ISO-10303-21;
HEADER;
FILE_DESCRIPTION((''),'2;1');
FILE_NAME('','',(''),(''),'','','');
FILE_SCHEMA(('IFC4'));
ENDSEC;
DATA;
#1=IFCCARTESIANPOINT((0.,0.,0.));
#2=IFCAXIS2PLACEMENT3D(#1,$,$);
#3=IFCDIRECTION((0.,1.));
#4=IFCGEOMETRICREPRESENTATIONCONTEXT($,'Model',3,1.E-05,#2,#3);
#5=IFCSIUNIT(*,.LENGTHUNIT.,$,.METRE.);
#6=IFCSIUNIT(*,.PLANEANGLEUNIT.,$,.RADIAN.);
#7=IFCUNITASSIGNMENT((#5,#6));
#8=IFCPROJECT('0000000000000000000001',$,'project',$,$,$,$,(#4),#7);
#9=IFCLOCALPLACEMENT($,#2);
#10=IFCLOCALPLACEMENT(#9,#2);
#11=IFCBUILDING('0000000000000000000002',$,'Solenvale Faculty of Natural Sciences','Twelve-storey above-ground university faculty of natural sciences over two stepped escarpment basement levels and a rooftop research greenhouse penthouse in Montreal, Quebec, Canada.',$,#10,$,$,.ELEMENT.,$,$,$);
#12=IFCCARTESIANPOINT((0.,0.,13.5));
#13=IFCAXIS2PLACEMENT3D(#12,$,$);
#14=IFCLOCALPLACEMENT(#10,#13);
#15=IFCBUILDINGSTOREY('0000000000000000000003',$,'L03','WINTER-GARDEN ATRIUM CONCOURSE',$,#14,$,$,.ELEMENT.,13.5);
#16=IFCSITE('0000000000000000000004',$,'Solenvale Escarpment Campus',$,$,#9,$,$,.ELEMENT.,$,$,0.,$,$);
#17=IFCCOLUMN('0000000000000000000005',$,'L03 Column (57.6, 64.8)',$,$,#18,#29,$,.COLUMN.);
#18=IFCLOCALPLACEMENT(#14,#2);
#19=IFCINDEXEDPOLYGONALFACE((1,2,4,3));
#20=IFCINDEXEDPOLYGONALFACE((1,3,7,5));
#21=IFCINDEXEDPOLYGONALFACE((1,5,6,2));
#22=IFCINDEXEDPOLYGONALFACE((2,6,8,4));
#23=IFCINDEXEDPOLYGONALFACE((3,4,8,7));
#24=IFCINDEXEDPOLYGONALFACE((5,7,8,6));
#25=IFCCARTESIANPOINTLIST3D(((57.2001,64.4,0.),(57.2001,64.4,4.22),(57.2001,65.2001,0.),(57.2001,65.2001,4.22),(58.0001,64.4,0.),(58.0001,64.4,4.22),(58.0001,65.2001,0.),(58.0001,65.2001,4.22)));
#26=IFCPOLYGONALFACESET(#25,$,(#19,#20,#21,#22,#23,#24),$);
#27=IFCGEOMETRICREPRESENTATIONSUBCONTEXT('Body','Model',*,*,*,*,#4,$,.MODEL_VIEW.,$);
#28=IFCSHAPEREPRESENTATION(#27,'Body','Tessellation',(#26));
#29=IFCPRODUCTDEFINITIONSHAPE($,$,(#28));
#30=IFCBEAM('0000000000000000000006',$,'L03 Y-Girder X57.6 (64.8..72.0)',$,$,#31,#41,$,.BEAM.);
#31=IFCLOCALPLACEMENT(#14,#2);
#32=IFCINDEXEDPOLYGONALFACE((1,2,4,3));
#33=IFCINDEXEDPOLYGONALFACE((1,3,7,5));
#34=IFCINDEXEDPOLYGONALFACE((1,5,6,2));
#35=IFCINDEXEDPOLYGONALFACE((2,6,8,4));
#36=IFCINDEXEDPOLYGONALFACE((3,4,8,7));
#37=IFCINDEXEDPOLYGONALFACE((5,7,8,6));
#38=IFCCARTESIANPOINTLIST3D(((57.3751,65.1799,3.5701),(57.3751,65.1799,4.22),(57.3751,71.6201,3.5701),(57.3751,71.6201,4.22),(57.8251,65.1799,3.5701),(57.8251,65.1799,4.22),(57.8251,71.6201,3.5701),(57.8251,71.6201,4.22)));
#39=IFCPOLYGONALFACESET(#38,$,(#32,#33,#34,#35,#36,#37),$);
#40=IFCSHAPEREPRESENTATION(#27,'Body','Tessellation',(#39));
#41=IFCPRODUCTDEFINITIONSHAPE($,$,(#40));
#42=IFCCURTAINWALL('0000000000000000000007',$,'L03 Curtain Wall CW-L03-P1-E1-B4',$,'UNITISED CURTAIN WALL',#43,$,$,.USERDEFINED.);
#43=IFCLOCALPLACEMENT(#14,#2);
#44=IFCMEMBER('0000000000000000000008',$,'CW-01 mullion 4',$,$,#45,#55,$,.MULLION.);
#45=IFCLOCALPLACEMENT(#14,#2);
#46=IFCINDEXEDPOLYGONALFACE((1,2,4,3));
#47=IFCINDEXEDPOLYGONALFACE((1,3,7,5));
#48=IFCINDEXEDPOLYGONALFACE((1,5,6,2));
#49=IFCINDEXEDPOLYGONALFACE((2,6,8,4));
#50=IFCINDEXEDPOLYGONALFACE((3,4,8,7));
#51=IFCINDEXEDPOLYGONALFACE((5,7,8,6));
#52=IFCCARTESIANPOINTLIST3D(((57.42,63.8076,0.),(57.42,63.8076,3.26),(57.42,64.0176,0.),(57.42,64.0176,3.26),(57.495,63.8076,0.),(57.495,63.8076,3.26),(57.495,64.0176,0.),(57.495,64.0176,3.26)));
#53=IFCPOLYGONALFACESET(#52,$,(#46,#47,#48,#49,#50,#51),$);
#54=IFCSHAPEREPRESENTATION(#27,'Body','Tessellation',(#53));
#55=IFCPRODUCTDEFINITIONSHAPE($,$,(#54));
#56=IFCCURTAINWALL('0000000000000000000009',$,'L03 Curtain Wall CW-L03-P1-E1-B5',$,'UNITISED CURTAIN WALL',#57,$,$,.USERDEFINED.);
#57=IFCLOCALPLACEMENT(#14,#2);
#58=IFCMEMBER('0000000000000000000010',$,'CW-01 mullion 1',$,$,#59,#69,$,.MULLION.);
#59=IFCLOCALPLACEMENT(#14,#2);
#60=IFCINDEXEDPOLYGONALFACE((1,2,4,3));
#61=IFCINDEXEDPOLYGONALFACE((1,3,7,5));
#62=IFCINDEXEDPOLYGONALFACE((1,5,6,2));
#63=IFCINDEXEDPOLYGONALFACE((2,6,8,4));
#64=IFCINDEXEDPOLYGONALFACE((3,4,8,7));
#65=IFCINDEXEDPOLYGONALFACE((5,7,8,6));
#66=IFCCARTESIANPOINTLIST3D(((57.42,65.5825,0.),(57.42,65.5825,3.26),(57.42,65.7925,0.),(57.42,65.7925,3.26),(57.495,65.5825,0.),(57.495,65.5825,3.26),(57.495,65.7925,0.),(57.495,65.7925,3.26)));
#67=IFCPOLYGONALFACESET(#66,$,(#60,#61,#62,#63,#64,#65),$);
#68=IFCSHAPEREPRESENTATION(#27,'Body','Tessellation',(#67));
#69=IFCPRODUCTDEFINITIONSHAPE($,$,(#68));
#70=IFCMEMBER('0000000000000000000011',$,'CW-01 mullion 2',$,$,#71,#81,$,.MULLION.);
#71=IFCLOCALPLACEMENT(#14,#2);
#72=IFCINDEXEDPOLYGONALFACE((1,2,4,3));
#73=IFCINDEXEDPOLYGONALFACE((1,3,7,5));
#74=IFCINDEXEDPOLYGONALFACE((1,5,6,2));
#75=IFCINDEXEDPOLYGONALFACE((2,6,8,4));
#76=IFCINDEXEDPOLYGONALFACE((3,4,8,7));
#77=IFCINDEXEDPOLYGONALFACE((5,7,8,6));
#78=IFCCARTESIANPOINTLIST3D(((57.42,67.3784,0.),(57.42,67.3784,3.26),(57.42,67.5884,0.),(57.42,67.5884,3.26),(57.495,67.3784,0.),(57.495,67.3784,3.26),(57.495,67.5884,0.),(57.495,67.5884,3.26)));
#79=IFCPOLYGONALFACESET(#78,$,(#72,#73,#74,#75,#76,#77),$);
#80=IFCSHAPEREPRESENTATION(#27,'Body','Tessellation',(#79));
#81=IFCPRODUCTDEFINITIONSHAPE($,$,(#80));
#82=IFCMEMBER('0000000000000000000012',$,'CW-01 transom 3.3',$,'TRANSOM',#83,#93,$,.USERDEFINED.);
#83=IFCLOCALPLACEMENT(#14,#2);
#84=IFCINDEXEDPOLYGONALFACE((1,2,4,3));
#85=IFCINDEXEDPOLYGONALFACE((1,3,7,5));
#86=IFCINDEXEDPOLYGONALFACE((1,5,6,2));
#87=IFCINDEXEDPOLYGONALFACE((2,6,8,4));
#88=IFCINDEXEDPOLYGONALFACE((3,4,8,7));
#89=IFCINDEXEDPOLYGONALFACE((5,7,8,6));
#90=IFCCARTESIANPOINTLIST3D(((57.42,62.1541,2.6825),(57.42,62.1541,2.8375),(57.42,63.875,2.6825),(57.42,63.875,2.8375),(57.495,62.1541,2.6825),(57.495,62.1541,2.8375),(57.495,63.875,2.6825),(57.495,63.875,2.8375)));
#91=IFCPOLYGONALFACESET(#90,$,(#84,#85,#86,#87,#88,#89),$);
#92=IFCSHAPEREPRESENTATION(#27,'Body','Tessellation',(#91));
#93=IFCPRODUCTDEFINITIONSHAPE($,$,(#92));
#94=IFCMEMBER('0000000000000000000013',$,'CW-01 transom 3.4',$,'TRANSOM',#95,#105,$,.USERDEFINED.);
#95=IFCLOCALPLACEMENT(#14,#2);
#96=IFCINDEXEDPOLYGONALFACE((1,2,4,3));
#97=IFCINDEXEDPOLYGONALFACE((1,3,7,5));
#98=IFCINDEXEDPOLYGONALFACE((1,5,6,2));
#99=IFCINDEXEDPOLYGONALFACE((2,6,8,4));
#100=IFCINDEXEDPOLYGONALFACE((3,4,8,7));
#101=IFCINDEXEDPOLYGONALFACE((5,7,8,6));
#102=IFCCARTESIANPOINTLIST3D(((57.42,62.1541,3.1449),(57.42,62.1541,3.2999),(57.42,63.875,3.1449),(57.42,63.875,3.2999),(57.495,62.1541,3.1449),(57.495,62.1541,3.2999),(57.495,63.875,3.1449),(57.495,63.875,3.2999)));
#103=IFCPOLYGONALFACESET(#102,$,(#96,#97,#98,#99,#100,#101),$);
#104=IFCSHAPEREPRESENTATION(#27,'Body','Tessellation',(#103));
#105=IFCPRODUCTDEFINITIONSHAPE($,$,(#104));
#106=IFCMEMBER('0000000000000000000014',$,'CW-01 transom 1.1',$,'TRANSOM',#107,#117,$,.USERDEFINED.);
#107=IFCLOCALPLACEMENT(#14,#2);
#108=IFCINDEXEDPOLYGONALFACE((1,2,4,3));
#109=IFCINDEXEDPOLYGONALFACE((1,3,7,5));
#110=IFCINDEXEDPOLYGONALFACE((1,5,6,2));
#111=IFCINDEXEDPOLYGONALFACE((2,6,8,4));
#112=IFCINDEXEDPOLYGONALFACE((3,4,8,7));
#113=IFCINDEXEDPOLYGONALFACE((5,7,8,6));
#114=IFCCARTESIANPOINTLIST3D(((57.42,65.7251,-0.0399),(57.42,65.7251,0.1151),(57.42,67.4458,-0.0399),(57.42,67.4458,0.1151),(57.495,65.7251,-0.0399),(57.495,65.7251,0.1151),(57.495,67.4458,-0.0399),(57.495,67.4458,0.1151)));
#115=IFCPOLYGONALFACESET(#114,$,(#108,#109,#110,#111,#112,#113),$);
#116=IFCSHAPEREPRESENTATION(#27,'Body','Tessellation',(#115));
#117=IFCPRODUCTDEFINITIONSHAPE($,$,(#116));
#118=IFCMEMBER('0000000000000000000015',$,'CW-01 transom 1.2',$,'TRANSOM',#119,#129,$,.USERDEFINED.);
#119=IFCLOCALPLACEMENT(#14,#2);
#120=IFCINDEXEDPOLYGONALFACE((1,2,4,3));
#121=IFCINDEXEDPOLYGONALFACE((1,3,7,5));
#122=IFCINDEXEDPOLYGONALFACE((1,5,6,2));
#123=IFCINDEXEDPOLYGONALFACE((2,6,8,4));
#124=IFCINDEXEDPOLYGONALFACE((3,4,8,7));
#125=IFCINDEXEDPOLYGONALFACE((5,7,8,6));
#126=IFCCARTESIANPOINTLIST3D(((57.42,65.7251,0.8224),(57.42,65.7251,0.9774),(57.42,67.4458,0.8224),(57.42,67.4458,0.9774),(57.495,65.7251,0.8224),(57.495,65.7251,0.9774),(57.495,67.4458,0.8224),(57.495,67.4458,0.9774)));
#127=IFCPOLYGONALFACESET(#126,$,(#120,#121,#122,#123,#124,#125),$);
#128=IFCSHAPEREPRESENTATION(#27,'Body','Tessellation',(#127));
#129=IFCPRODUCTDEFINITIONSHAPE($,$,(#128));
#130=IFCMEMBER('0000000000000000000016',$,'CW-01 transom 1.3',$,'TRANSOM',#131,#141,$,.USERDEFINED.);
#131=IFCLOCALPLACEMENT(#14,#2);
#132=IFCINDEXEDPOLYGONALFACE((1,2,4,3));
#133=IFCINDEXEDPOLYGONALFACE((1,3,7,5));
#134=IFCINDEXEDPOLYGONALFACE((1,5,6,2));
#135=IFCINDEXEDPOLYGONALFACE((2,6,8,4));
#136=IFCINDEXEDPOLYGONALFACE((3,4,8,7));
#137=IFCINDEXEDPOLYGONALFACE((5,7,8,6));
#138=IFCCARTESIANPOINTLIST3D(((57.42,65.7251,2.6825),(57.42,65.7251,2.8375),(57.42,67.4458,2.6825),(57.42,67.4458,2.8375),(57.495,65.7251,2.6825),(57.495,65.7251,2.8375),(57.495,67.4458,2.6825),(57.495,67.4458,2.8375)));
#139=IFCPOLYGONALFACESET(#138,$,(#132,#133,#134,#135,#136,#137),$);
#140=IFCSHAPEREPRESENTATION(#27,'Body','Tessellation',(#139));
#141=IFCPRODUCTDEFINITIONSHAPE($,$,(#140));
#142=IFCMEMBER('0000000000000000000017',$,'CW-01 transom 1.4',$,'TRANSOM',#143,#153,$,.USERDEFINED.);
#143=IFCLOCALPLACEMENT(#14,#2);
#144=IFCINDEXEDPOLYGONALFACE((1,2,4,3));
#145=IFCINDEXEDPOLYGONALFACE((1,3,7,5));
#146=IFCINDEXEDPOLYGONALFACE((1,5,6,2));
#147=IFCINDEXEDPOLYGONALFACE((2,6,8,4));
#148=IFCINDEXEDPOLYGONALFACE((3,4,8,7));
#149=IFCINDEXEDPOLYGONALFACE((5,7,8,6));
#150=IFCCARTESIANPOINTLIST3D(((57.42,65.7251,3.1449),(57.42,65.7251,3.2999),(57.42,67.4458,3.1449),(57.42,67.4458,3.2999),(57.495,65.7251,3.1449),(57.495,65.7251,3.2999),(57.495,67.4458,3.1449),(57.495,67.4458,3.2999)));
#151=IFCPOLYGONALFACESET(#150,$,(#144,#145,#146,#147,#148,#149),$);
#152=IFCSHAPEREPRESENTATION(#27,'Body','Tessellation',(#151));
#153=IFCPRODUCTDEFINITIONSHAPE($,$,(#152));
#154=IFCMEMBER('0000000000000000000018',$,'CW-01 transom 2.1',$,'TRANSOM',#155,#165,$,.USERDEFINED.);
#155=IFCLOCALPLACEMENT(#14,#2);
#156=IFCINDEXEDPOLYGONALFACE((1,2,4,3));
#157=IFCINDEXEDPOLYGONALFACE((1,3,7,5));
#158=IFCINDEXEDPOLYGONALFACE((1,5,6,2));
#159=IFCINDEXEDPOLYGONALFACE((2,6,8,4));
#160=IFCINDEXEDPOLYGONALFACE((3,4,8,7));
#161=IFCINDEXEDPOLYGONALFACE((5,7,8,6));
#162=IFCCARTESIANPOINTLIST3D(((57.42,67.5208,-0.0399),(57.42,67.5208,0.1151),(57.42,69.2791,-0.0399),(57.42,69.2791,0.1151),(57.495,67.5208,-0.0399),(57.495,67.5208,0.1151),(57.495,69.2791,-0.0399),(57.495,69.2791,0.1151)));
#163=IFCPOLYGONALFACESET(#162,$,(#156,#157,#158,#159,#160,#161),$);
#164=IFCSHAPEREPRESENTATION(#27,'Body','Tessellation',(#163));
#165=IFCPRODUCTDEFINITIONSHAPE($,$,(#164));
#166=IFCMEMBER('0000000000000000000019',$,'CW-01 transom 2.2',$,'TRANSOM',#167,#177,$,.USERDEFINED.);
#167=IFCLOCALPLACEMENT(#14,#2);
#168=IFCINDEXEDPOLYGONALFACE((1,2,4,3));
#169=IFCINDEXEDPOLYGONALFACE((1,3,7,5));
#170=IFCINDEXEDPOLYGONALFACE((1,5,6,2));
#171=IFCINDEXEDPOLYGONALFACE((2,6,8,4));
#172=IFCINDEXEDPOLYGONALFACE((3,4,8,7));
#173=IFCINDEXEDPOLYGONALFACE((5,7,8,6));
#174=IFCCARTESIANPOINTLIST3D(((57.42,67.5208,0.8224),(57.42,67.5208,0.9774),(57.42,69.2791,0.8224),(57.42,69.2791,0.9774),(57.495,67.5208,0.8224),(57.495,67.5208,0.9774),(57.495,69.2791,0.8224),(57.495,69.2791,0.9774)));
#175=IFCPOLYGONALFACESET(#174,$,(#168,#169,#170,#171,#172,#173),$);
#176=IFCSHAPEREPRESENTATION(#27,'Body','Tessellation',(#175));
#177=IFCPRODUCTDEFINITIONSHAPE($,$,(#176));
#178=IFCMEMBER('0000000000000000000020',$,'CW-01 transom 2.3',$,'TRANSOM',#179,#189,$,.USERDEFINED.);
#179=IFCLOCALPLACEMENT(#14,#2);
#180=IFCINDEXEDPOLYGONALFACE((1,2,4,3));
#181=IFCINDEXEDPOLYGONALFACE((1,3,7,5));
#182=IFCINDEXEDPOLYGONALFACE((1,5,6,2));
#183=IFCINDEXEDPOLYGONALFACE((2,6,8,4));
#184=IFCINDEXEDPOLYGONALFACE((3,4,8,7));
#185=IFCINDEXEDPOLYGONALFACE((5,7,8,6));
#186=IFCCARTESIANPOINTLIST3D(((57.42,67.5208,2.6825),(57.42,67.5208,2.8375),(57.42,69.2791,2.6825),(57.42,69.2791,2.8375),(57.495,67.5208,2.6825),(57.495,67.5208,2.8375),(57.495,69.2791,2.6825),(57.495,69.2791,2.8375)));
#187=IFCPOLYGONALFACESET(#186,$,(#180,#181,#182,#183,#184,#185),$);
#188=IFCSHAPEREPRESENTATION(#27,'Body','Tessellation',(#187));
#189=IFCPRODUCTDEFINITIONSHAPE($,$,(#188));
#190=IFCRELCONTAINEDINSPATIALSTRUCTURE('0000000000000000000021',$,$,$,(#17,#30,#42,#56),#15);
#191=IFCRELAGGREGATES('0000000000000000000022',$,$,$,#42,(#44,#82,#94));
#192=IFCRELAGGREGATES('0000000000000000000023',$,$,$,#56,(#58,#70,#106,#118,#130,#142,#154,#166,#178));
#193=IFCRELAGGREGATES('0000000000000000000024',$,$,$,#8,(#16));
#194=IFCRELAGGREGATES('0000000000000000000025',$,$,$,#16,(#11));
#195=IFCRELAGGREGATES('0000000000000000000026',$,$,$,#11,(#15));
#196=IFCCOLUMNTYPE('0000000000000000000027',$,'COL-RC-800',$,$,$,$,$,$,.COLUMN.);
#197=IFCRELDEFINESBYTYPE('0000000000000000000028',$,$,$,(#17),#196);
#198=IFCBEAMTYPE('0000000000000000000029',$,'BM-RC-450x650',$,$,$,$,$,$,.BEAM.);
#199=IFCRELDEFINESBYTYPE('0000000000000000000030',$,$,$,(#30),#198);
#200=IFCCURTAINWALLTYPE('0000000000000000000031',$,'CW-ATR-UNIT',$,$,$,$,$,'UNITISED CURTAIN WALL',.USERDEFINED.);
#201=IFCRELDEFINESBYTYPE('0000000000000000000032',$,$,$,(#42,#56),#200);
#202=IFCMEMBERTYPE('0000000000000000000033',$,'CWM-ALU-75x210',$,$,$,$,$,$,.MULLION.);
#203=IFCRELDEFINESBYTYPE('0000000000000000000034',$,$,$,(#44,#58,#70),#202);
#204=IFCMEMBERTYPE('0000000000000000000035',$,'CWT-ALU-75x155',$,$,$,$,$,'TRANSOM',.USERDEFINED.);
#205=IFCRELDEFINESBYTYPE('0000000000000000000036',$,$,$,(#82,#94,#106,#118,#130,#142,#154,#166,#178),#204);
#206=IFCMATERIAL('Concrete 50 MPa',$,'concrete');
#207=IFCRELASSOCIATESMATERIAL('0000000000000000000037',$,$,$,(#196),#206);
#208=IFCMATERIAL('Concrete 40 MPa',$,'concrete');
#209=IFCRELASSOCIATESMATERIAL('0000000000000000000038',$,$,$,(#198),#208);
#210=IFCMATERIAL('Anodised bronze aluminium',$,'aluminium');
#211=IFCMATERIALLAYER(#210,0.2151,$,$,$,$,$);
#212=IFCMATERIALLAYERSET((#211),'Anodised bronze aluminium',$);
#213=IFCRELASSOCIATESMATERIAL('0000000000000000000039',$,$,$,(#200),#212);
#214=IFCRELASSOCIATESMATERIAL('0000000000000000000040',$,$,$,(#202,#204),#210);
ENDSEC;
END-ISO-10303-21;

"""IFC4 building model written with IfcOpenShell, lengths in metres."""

from ifc_helpers import new_model, si_unit, direction, frame, origin, origin_2d, place, context, subcontext, project, spatial, rectangle, extrude, material, layer, layer_set, material_profile, profile_set, type_object, element, aggregate, save


model = new_model("IFC4")

# Units and contexts
model_context = context("Model", 3, precision=1e-05, world=origin(), true_north=direction((0.0, 1.0)))
body_context = subcontext(model_context, "Body", "Model", "MODEL_VIEW")
ifc_project = project(units=[si_unit("LENGTHUNIT", "METRE"), si_unit("PLANEANGLEUNIT", "RADIAN")], contexts=[model_context])

# Site, building, storey
site_placement = place(None, origin())
site = spatial("IfcSite", under=ifc_project, at=site_placement, Name="Solenvale Escarpment Campus", CompositionType="ELEMENT", RefElevation=0.0)
building_placement = place(site_placement, origin())
building = spatial("IfcBuilding", under=site, at=building_placement, Name="Solenvale Faculty of Natural Sciences", Description="Twelve-storey above-ground university faculty of natural sciences over two stepped escarpment basement levels and a rooftop research greenhouse penthouse in Montreal, Quebec, Canada.", CompositionType="ELEMENT")
storey_placement = place(building_placement, frame((0.0, 0.0, 13.5)))
storey = spatial("IfcBuildingStorey", under=building, at=storey_placement, Name="L03", Description="WINTER-GARDEN ATRIUM CONCOURSE", CompositionType="ELEMENT", Elevation=13.5)

# Column
ifc_material_1 = material(Name="Concrete 50 MPa", Category="concrete")
ifc_material_profile_1 = material_profile(ifc_material_1, rectangle(XDim=0.8, YDim=0.8, at=origin_2d()), Name="RC-COL-800x800")
ifc_profile_set_1 = profile_set([ifc_material_profile_1], Name="Concrete 50 MPa")
column_type = type_object("IfcColumnType", Name="COL-RC-800", PredefinedType="COLUMN", material=ifc_profile_set_1)
column_placement = place(storey_placement, frame((57.6001, 64.8, 0.0), z_axis=(0.0, 0.0, 1.0), x_axis=(1.0, 0.0, 0.0)))
element("IfcColumn", 1, at=column_placement, inside=storey, type_object=column_type, Name="L03 Column (57.6, 64.8)", PredefinedType="COLUMN", context=body_context, shape_type="SweptSolid", body=[
    extrude(rectangle(XDim=0.8, YDim=0.8, at=origin_2d()), origin(), (0.0, 0.0, 1.0), 4.22),
])

# Beam
ifc_material_2 = material(Name="Concrete 40 MPa", Category="concrete")
ifc_material_profile_2 = material_profile(ifc_material_2, rectangle(XDim=0.45, YDim=0.6499, at=origin_2d()), Name="RC-BM-450x650")
ifc_profile_set_2 = profile_set([ifc_material_profile_2], Name="Concrete 40 MPa")
beam_type = type_object("IfcBeamType", Name="BM-RC-450x650", PredefinedType="BEAM", material=ifc_profile_set_2)
beam_placement = place(storey_placement, frame((57.6001, 65.1799, 3.895), z_axis=(0.0, 1.0, 0.0), x_axis=(-1.0, 0.0, 0.0)))
element("IfcBeam", 2, at=beam_placement, inside=storey, type_object=beam_type, Name="L03 Y-Girder X57.6 (64.8..72.0)", PredefinedType="BEAM", context=body_context, shape_type="SweptSolid", body=[
    extrude(rectangle(XDim=0.45, YDim=0.6499, at=origin_2d()), origin(), (0.0, 0.0, 1.0), 6.4402),
])

# Curtain wall, member
ifc_material_3 = material(Name="Anodised bronze aluminium", Category="aluminium")
ifc_layer_1 = layer(ifc_material_3, 0.2151)
ifc_layer_set_1 = layer_set([ifc_layer_1], Name="Anodised bronze aluminium")
curtain_wall_type = type_object("IfcCurtainWallType", Name="CW-ATR-UNIT", ElementType="UNITISED CURTAIN WALL", PredefinedType="USERDEFINED", material=ifc_layer_set_1)
curtain_wall_1_placement = place(storey_placement, origin())
curtain_wall_1 = element("IfcCurtainWall", 3, at=curtain_wall_1_placement, inside=storey, type_object=curtain_wall_type, Name="L03 Curtain Wall CW-L03-P1-E1-B4", ObjectType="UNITISED CURTAIN WALL", PredefinedType="USERDEFINED")
ifc_material_profile_3 = material_profile(ifc_material_3, rectangle(XDim=0.075, YDim=0.21, at=origin_2d()), Name="ALU-MUL-75x210")
ifc_profile_set_3 = profile_set([ifc_material_profile_3], Name="Anodised bronze aluminium")
member_type_1 = type_object("IfcMemberType", Name="CWM-ALU-75x210", PredefinedType="MULLION", material=ifc_profile_set_3)
member_1_placement = place(storey_placement, frame((57.4575, 63.9126, 0.0), z_axis=(0.0, 0.0, 1.0), x_axis=(-1.0, 0.0, 0.0)))
member_1 = element("IfcMember", 4, at=member_1_placement, type_object=member_type_1, Name="CW-01 mullion 4", PredefinedType="MULLION", context=body_context, shape_type="SweptSolid", body=[
    extrude(rectangle(XDim=0.075, YDim=0.21, at=origin_2d()), origin(), (0.0, 0.0, 1.0), 3.26),
])

# Curtain wall, members
curtain_wall_2_placement = place(storey_placement, origin())
curtain_wall_2 = element("IfcCurtainWall", 5, at=curtain_wall_2_placement, inside=storey, type_object=curtain_wall_type, Name="L03 Curtain Wall CW-L03-P1-E1-B5", ObjectType="UNITISED CURTAIN WALL", PredefinedType="USERDEFINED")
member_2_placement = place(storey_placement, frame((57.4575, 65.6875, 0.0), z_axis=(0.0, 0.0, 1.0), x_axis=(-1.0, 0.0, 0.0)))
member_2 = element("IfcMember", 6, at=member_2_placement, type_object=member_type_1, Name="CW-01 mullion 1", PredefinedType="MULLION", context=body_context, shape_type="SweptSolid", body=[
    extrude(rectangle(XDim=0.075, YDim=0.21, at=origin_2d()), origin(), (0.0, 0.0, 1.0), 3.26),
])
member_3_placement = place(storey_placement, frame((57.4575, 67.4834, 0.0), z_axis=(0.0, 0.0, 1.0), x_axis=(-1.0, 0.0, 0.0)))
member_3 = element("IfcMember", 7, at=member_3_placement, type_object=member_type_1, Name="CW-01 mullion 2", PredefinedType="MULLION", context=body_context, shape_type="SweptSolid", body=[
    extrude(rectangle(XDim=0.075, YDim=0.21, at=origin_2d()), origin(), (0.0, 0.0, 1.0), 3.26),
])

# Members
ifc_material_profile_4 = material_profile(ifc_material_3, rectangle(XDim=0.075, YDim=0.155, at=origin_2d()), Name="ALU-TRN-75x155")
ifc_profile_set_4 = profile_set([ifc_material_profile_4], Name="Anodised bronze aluminium")
member_type_2 = type_object("IfcMemberType", Name="CWT-ALU-75x155", ElementType="TRANSOM", PredefinedType="USERDEFINED", material=ifc_profile_set_4)
member_4_placement = place(storey_placement, frame((57.4575, 62.1541, 2.76), z_axis=(0.0, 1.0, 0.0), x_axis=(-1.0, 0.0, 0.0)))
member_4 = element("IfcMember", 8, at=member_4_placement, type_object=member_type_2, Name="CW-01 transom 3.3", ObjectType="TRANSOM", PredefinedType="USERDEFINED", context=body_context, shape_type="SweptSolid", body=[
    extrude(rectangle(XDim=0.075, YDim=0.155, at=origin_2d()), origin(), (0.0, 0.0, 1.0), 1.7209),
])
member_5_placement = place(storey_placement, frame((57.4575, 62.1541, 3.2224), z_axis=(0.0, 1.0, 0.0), x_axis=(-1.0, 0.0, 0.0)))
member_5 = element("IfcMember", 9, at=member_5_placement, type_object=member_type_2, Name="CW-01 transom 3.4", ObjectType="TRANSOM", PredefinedType="USERDEFINED", context=body_context, shape_type="SweptSolid", body=[
    extrude(rectangle(XDim=0.075, YDim=0.155, at=origin_2d()), origin(), (0.0, 0.0, 1.0), 1.7209),
])
member_6_placement = place(storey_placement, frame((57.4575, 65.7251, 0.0376), z_axis=(0.0, 1.0, 0.0), x_axis=(-1.0, 0.0, 0.0)))
member_6 = element("IfcMember", 10, at=member_6_placement, type_object=member_type_2, Name="CW-01 transom 1.1", ObjectType="TRANSOM", PredefinedType="USERDEFINED", context=body_context, shape_type="SweptSolid", body=[
    extrude(rectangle(XDim=0.075, YDim=0.155, at=origin_2d()), origin(), (0.0, 0.0, 1.0), 1.7207),
])
member_7_placement = place(storey_placement, frame((57.4575, 65.7251, 0.8999), z_axis=(0.0, 1.0, 0.0), x_axis=(-1.0, 0.0, 0.0)))
member_7 = element("IfcMember", 11, at=member_7_placement, type_object=member_type_2, Name="CW-01 transom 1.2", ObjectType="TRANSOM", PredefinedType="USERDEFINED", context=body_context, shape_type="SweptSolid", body=[
    extrude(rectangle(XDim=0.075, YDim=0.155, at=origin_2d()), origin(), (0.0, 0.0, 1.0), 1.7207),
])
member_8_placement = place(storey_placement, frame((57.4575, 65.7251, 2.76), z_axis=(0.0, 1.0, 0.0), x_axis=(-1.0, 0.0, 0.0)))
member_8 = element("IfcMember", 12, at=member_8_placement, type_object=member_type_2, Name="CW-01 transom 1.3", ObjectType="TRANSOM", PredefinedType="USERDEFINED", context=body_context, shape_type="SweptSolid", body=[
    extrude(rectangle(XDim=0.075, YDim=0.155, at=origin_2d()), origin(), (0.0, 0.0, 1.0), 1.7207),
])
member_9_placement = place(storey_placement, frame((57.4575, 65.7251, 3.2224), z_axis=(0.0, 1.0, 0.0), x_axis=(-1.0, 0.0, 0.0)))
member_9 = element("IfcMember", 13, at=member_9_placement, type_object=member_type_2, Name="CW-01 transom 1.4", ObjectType="TRANSOM", PredefinedType="USERDEFINED", context=body_context, shape_type="SweptSolid", body=[
    extrude(rectangle(XDim=0.075, YDim=0.155, at=origin_2d()), origin(), (0.0, 0.0, 1.0), 1.7207),
])
member_10_placement = place(storey_placement, frame((57.4575, 67.5208, 0.0376), z_axis=(0.0, 1.0, 0.0), x_axis=(-1.0, 0.0, 0.0)))
member_10 = element("IfcMember", 14, at=member_10_placement, type_object=member_type_2, Name="CW-01 transom 2.1", ObjectType="TRANSOM", PredefinedType="USERDEFINED", context=body_context, shape_type="SweptSolid", body=[
    extrude(rectangle(XDim=0.075, YDim=0.155, at=origin_2d()), origin(), (0.0, 0.0, 1.0), 1.7583),
])
member_11_placement = place(storey_placement, frame((57.4575, 67.5208, 0.8999), z_axis=(0.0, 1.0, 0.0), x_axis=(-1.0, 0.0, 0.0)))
member_11 = element("IfcMember", 15, at=member_11_placement, type_object=member_type_2, Name="CW-01 transom 2.2", ObjectType="TRANSOM", PredefinedType="USERDEFINED", context=body_context, shape_type="SweptSolid", body=[
    extrude(rectangle(XDim=0.075, YDim=0.155, at=origin_2d()), origin(), (0.0, 0.0, 1.0), 1.7583),
])
member_12_placement = place(storey_placement, frame((57.4575, 67.5208, 2.76), z_axis=(0.0, 1.0, 0.0), x_axis=(-1.0, 0.0, 0.0)))
member_12 = element("IfcMember", 16, at=member_12_placement, type_object=member_type_2, Name="CW-01 transom 2.3", ObjectType="TRANSOM", PredefinedType="USERDEFINED", context=body_context, shape_type="SweptSolid", body=[
    extrude(rectangle(XDim=0.075, YDim=0.155, at=origin_2d()), origin(), (0.0, 0.0, 1.0), 1.7583),
])

aggregate(curtain_wall_1, [member_1, member_4, member_5])
aggregate(curtain_wall_2, [member_2, member_3, member_6, member_7, member_8, member_9, member_10, member_11, member_12])

save(model, "model.ifc")
